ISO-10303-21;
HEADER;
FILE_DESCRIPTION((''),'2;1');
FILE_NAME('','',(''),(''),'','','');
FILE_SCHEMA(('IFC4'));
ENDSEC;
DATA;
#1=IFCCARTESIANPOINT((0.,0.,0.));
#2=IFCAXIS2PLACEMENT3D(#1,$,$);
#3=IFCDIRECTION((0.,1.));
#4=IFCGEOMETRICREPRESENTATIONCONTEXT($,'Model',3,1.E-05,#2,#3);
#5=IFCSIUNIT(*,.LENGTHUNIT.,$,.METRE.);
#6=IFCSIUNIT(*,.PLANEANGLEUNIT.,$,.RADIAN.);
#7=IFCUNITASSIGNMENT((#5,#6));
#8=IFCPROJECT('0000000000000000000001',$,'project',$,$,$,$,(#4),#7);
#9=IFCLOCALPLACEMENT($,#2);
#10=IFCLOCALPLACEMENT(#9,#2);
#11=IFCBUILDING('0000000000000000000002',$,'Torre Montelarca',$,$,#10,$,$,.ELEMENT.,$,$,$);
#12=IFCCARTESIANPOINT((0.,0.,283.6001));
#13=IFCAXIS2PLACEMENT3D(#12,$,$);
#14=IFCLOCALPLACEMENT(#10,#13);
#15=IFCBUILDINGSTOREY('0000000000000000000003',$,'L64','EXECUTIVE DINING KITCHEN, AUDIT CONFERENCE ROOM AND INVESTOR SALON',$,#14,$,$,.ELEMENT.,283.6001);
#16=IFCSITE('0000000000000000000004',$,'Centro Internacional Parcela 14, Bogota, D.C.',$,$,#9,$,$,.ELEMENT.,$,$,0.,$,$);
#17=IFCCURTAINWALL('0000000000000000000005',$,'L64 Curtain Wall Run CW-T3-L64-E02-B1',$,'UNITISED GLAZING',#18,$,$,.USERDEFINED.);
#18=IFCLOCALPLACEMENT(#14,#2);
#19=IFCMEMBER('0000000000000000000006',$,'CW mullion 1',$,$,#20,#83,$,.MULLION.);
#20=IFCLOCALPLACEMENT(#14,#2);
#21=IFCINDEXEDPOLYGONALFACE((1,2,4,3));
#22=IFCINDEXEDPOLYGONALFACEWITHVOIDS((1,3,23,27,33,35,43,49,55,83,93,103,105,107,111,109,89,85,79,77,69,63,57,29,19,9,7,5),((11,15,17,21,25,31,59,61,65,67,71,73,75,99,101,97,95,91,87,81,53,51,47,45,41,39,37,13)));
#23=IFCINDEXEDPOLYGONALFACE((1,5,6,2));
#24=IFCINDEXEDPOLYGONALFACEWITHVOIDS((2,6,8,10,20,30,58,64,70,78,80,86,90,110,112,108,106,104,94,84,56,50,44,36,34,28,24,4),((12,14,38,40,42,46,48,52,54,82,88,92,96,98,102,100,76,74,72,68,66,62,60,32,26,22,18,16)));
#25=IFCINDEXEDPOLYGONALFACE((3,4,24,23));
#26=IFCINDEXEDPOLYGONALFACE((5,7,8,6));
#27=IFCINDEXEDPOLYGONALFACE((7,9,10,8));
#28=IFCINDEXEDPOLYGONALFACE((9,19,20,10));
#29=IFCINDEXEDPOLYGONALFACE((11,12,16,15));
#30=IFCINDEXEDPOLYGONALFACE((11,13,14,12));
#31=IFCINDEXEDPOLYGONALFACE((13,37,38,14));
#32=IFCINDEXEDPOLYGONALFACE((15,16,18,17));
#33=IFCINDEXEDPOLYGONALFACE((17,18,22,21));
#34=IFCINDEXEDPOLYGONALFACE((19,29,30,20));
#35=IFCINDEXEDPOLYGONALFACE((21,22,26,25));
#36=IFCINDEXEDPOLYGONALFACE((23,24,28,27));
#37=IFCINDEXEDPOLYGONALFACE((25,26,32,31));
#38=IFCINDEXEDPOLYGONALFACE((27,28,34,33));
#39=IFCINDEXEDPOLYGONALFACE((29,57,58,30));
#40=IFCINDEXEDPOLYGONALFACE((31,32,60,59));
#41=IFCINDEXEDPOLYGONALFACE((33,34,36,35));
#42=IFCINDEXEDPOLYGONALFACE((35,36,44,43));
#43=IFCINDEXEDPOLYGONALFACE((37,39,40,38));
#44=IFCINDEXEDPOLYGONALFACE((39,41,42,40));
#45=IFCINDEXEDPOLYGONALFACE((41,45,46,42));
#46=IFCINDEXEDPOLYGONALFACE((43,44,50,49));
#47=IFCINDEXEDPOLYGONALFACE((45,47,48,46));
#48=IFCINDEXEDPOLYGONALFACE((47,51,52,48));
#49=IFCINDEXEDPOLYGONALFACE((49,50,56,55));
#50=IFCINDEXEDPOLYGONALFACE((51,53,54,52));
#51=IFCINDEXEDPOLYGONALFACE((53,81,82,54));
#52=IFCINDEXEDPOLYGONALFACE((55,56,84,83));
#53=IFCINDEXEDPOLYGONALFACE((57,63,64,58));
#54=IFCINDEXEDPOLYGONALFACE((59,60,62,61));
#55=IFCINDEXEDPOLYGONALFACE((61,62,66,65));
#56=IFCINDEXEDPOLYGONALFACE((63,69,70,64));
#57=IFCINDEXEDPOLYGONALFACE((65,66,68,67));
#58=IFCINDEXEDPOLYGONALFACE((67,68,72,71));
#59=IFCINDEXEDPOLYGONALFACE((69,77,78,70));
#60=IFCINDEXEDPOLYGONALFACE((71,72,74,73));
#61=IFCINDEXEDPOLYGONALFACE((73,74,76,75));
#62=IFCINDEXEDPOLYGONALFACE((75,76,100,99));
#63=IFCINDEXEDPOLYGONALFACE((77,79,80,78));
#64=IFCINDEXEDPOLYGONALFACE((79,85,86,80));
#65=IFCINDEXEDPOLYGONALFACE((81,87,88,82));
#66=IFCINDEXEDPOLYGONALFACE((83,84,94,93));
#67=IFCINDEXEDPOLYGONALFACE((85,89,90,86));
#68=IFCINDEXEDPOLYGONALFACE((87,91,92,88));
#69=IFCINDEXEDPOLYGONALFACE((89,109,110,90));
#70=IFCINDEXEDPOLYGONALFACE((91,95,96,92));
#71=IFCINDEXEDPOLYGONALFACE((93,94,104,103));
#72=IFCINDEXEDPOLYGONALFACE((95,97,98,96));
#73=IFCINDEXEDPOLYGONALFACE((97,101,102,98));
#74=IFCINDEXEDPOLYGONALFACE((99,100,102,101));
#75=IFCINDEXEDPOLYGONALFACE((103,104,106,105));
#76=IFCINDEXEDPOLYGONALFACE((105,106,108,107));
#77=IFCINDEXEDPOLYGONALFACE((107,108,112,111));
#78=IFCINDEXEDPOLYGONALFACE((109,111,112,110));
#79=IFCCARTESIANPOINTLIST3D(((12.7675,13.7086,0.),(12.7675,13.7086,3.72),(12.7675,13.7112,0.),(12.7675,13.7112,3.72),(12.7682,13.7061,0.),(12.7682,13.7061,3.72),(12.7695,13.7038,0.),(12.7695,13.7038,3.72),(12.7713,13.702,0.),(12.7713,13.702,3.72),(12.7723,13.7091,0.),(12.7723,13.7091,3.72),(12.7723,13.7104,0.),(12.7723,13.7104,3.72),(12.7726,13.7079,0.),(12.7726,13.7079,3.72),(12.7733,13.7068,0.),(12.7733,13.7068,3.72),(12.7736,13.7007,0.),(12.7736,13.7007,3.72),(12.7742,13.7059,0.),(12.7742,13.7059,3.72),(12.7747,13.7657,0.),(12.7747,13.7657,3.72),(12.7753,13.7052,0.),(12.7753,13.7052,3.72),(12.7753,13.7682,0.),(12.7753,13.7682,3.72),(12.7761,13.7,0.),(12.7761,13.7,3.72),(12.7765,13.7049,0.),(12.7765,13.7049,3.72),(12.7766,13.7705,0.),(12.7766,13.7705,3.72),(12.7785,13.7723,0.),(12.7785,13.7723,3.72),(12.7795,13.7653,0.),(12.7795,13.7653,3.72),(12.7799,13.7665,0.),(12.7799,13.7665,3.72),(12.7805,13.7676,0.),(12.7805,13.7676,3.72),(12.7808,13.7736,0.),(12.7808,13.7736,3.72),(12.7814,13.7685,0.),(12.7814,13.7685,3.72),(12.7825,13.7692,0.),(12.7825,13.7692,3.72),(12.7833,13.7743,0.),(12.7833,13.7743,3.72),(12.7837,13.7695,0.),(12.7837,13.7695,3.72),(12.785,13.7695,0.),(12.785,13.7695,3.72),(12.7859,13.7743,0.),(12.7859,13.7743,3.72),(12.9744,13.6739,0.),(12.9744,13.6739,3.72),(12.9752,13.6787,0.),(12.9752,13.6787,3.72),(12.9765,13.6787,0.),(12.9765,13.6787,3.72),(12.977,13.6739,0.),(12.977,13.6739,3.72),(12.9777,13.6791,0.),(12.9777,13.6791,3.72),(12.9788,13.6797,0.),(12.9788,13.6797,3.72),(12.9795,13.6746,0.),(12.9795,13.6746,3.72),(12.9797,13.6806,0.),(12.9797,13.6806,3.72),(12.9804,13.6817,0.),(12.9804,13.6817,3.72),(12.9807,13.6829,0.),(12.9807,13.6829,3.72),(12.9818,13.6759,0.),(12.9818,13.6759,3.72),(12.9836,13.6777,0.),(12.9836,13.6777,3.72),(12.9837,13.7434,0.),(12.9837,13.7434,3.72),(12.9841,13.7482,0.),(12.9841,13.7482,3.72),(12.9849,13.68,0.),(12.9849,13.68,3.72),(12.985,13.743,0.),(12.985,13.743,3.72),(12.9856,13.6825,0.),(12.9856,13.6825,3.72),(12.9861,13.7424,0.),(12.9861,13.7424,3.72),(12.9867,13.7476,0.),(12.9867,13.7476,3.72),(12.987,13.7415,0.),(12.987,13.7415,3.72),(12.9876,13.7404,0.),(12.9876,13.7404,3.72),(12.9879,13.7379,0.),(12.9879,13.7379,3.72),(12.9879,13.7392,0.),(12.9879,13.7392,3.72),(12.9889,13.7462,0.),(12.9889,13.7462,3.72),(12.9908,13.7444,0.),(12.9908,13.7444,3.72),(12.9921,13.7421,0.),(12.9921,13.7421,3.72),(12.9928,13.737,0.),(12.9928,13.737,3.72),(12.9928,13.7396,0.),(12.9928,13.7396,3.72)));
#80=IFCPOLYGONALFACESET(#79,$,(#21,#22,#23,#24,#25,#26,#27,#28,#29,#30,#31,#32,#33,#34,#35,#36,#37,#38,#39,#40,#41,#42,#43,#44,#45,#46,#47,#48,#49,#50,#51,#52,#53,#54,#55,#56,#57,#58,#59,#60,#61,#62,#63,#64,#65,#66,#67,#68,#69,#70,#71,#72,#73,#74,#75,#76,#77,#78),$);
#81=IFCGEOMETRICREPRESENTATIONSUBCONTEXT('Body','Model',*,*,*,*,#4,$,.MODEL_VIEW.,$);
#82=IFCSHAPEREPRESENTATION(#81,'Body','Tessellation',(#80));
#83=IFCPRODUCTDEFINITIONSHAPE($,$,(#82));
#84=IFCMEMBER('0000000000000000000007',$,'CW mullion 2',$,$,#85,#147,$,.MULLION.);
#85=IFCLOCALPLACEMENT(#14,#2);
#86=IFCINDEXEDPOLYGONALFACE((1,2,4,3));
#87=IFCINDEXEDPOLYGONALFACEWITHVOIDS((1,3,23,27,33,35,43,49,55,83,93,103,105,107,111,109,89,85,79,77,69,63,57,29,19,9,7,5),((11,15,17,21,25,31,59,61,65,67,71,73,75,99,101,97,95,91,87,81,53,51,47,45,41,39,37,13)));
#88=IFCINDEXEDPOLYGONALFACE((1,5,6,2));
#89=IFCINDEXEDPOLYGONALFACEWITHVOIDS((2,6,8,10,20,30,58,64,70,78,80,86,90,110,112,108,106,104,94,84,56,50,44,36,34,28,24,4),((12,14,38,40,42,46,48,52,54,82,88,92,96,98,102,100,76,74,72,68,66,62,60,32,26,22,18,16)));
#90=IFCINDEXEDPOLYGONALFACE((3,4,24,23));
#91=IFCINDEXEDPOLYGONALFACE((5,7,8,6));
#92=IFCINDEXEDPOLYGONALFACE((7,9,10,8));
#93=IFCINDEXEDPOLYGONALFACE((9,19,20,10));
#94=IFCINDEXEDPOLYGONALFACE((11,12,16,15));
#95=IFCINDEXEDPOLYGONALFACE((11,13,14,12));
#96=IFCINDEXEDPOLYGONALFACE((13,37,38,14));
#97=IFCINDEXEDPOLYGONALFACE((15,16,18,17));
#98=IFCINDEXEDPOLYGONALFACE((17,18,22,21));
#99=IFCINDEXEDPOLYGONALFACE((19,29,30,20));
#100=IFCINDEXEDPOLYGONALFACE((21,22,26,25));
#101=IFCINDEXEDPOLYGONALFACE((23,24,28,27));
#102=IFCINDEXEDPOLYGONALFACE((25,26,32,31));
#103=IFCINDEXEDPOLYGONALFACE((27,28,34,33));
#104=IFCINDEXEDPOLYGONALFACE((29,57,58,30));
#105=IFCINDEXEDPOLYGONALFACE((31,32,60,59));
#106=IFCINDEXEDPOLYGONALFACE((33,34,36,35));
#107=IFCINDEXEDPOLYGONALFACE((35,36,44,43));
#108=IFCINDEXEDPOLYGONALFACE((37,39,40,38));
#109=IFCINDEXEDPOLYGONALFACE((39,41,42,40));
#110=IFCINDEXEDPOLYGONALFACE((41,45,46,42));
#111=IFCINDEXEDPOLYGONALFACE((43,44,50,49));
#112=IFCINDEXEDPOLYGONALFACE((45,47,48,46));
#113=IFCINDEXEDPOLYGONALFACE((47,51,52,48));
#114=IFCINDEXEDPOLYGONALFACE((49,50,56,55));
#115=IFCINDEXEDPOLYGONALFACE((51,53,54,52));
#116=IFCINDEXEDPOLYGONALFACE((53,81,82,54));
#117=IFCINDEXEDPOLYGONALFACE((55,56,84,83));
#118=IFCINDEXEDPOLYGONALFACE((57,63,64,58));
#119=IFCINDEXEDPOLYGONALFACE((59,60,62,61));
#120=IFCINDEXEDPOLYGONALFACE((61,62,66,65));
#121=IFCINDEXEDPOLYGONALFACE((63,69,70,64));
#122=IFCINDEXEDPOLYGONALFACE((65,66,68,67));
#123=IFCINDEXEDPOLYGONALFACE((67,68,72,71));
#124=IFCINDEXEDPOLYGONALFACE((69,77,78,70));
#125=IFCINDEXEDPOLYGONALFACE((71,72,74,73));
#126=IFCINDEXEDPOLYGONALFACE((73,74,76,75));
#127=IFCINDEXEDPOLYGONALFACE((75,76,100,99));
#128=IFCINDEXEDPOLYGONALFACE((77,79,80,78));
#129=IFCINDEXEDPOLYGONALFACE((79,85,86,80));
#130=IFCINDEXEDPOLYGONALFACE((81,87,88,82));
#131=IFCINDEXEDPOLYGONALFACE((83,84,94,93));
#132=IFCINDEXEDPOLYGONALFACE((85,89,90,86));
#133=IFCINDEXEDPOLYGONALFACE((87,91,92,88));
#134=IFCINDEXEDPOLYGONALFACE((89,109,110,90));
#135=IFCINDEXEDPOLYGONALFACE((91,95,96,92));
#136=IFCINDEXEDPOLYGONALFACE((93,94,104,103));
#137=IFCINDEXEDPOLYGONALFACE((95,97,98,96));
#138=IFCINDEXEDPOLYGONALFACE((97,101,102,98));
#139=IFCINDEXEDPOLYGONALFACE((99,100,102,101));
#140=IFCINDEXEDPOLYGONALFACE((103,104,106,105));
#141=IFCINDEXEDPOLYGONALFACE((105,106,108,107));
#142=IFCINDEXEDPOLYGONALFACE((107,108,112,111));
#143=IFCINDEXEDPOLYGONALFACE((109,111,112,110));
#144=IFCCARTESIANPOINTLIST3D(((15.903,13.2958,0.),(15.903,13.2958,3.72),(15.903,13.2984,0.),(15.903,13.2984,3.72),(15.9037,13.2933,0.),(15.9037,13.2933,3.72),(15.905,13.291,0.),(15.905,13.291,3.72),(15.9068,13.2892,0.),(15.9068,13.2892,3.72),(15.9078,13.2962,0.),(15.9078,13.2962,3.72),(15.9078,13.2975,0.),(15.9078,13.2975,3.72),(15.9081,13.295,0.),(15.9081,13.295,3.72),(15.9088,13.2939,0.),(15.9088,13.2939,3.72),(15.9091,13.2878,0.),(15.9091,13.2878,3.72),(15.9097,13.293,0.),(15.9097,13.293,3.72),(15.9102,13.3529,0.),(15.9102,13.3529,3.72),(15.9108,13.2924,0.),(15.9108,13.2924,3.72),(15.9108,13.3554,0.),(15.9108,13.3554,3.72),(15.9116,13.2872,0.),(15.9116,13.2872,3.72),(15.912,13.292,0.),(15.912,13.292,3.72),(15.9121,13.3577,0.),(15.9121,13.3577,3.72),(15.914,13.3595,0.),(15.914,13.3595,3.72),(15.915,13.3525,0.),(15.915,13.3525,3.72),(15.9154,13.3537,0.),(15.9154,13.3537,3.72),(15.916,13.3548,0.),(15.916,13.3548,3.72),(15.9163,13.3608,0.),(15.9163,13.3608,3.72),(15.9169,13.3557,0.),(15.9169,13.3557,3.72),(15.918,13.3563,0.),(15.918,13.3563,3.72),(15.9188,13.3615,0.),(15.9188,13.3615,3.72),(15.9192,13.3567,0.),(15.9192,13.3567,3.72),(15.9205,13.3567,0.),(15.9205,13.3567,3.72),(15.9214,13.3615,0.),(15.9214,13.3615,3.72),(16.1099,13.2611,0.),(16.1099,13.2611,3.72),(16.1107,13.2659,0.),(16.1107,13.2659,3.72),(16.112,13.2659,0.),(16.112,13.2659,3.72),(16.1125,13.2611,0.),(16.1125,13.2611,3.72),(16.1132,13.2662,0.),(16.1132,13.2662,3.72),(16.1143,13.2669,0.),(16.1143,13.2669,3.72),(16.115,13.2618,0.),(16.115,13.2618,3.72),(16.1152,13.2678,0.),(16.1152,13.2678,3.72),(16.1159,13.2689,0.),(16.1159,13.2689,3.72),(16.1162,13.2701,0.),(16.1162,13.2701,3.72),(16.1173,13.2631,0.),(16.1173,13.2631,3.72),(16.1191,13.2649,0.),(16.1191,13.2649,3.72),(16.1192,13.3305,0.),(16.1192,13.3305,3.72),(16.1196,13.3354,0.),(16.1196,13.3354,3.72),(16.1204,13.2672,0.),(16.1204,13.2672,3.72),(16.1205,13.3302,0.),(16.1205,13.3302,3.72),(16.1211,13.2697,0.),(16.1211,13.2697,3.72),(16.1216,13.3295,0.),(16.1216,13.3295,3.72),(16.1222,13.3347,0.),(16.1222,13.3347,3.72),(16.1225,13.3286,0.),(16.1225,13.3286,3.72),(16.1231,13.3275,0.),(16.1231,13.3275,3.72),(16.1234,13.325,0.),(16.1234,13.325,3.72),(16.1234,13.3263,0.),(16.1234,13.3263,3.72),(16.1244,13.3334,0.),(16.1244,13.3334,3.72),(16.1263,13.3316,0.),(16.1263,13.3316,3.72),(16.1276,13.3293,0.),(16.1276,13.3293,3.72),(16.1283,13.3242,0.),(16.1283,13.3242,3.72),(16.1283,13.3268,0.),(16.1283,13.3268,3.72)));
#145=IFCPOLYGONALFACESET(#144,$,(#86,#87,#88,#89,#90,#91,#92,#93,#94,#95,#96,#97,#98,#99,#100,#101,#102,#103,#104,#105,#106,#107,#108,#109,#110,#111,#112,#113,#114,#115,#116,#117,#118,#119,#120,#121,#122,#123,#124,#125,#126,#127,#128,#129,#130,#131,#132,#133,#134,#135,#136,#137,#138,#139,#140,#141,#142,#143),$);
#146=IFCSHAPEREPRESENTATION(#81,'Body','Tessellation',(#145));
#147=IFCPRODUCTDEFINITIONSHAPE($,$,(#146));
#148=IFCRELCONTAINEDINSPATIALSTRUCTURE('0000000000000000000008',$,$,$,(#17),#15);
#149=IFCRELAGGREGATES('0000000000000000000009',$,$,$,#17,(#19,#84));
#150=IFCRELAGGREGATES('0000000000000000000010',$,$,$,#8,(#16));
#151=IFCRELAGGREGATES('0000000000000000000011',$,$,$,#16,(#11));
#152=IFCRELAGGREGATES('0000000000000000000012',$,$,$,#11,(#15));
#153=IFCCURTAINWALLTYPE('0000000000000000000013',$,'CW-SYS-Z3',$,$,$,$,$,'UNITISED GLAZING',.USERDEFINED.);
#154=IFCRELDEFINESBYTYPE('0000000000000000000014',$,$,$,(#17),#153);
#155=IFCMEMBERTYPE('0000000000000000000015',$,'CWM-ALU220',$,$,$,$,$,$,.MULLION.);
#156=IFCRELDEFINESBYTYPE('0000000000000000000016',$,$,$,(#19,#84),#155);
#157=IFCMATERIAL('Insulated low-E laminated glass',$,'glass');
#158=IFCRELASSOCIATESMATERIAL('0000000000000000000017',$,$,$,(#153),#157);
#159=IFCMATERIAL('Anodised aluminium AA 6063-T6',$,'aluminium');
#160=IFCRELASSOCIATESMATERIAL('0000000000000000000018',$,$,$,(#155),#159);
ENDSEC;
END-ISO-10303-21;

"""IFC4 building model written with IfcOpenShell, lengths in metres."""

from ifc_helpers import new_model, si_unit, direction, frame, origin, origin_2d, place, context, subcontext, project, spatial, hollow_rectangle, extrude, source, transform, mapped, material, material_profile, profile_set, type_object, element, aggregate, save


model = new_model("IFC4")

# Units and contexts
model_context = context("Model", 3, precision=1e-05, world=origin(), true_north=direction((0.0, 1.0)))
body_context = subcontext(model_context, "Body", "Model", "MODEL_VIEW")
ifc_project = project(units=[si_unit("LENGTHUNIT", "METRE"), si_unit("PLANEANGLEUNIT", "RADIAN")], contexts=[model_context])

# Site, building, storey
site_placement = place(None, origin())
site = spatial("IfcSite", under=ifc_project, at=site_placement, Name="Centro Internacional Parcela 14, Bogota, D.C.", CompositionType="ELEMENT", RefElevation=0.0)
building_placement = place(site_placement, origin())
building = spatial("IfcBuilding", under=site, at=building_placement, Name="Torre Montelarca", CompositionType="ELEMENT")
storey_placement = place(building_placement, frame((0.0, 0.0, 283.6001)))
storey = spatial("IfcBuildingStorey", under=building, at=storey_placement, Name="L64", Description="EXECUTIVE DINING KITCHEN, AUDIT CONFERENCE ROOM AND INVESTOR SALON", CompositionType="ELEMENT", Elevation=283.6001)

# Curtain wall, members
ifc_material_1 = material(Name="Insulated low-E laminated glass", Category="glass")
curtain_wall_type = type_object("IfcCurtainWallType", Name="CW-SYS-Z3", ElementType="UNITISED GLAZING", PredefinedType="USERDEFINED", material=ifc_material_1)
curtain_wall_1_placement = place(storey_placement, origin())
curtain_wall_1 = element("IfcCurtainWall", 1, at=curtain_wall_1_placement, inside=storey, type_object=curtain_wall_type, Name="L64 Curtain Wall Run CW-T3-L64-E02-B1", ObjectType="UNITISED GLAZING", PredefinedType="USERDEFINED")
ifc_material_2 = material(Name="Anodised aluminium AA 6063-T6", Category="aluminium")
ifc_material_profile_1 = material_profile(ifc_material_2, hollow_rectangle(XDim=0.075, YDim=0.22, WallThickness=0.0049, InnerFilletRadius=0.0049, OuterFilletRadius=0.01, at=origin_2d()), Name="ALU75X220X5", Category="aluminium")
ifc_profile_set_1 = profile_set([ifc_material_profile_1], Name="Anodised aluminium AA 6063-T6")
member_type_1 = type_object("IfcMemberType", Name="CWM-ALU220", PredefinedType="MULLION", material=ifc_profile_set_1)
shared_shape_1 = source(origin(), body_context, "Body", "SweptSolid", [
    extrude(hollow_rectangle(XDim=0.075, YDim=0.22, WallThickness=0.0049, InnerFilletRadius=0.0049, OuterFilletRadius=0.01, at=origin_2d()), origin(), (0.0, 0.0, 1.0), 3.72),
])
member_1_placement = place(storey_placement, frame((12.8801, 13.7241, 0.0), z_axis=(0.0, 0.0, 1.0), x_axis=(0.130515, 0.991446, 0.0)))
member_1 = element("IfcMember", 2, at=member_1_placement, type_object=member_type_1, Name="CW mullion 1", PredefinedType="MULLION", context=body_context, shape_type="MappedRepresentation", body=[
    mapped(shared_shape_1, transform((0.0, 0.0, 0.0), scale=1.0)),
])
member_2_placement = place(storey_placement, frame((16.0156, 13.3113, 0.0), z_axis=(0.0, 0.0, 1.0), x_axis=(0.130515, 0.991446, 0.0)))
member_2 = element("IfcMember", 3, at=member_2_placement, type_object=member_type_1, Name="CW mullion 2", PredefinedType="MULLION", context=body_context, shape_type="MappedRepresentation", body=[
    mapped(shared_shape_1, transform((0.0, 0.0, 0.0), scale=1.0)),
])

aggregate(curtain_wall_1, [member_1, member_2])

save(model, "model.ifc")
